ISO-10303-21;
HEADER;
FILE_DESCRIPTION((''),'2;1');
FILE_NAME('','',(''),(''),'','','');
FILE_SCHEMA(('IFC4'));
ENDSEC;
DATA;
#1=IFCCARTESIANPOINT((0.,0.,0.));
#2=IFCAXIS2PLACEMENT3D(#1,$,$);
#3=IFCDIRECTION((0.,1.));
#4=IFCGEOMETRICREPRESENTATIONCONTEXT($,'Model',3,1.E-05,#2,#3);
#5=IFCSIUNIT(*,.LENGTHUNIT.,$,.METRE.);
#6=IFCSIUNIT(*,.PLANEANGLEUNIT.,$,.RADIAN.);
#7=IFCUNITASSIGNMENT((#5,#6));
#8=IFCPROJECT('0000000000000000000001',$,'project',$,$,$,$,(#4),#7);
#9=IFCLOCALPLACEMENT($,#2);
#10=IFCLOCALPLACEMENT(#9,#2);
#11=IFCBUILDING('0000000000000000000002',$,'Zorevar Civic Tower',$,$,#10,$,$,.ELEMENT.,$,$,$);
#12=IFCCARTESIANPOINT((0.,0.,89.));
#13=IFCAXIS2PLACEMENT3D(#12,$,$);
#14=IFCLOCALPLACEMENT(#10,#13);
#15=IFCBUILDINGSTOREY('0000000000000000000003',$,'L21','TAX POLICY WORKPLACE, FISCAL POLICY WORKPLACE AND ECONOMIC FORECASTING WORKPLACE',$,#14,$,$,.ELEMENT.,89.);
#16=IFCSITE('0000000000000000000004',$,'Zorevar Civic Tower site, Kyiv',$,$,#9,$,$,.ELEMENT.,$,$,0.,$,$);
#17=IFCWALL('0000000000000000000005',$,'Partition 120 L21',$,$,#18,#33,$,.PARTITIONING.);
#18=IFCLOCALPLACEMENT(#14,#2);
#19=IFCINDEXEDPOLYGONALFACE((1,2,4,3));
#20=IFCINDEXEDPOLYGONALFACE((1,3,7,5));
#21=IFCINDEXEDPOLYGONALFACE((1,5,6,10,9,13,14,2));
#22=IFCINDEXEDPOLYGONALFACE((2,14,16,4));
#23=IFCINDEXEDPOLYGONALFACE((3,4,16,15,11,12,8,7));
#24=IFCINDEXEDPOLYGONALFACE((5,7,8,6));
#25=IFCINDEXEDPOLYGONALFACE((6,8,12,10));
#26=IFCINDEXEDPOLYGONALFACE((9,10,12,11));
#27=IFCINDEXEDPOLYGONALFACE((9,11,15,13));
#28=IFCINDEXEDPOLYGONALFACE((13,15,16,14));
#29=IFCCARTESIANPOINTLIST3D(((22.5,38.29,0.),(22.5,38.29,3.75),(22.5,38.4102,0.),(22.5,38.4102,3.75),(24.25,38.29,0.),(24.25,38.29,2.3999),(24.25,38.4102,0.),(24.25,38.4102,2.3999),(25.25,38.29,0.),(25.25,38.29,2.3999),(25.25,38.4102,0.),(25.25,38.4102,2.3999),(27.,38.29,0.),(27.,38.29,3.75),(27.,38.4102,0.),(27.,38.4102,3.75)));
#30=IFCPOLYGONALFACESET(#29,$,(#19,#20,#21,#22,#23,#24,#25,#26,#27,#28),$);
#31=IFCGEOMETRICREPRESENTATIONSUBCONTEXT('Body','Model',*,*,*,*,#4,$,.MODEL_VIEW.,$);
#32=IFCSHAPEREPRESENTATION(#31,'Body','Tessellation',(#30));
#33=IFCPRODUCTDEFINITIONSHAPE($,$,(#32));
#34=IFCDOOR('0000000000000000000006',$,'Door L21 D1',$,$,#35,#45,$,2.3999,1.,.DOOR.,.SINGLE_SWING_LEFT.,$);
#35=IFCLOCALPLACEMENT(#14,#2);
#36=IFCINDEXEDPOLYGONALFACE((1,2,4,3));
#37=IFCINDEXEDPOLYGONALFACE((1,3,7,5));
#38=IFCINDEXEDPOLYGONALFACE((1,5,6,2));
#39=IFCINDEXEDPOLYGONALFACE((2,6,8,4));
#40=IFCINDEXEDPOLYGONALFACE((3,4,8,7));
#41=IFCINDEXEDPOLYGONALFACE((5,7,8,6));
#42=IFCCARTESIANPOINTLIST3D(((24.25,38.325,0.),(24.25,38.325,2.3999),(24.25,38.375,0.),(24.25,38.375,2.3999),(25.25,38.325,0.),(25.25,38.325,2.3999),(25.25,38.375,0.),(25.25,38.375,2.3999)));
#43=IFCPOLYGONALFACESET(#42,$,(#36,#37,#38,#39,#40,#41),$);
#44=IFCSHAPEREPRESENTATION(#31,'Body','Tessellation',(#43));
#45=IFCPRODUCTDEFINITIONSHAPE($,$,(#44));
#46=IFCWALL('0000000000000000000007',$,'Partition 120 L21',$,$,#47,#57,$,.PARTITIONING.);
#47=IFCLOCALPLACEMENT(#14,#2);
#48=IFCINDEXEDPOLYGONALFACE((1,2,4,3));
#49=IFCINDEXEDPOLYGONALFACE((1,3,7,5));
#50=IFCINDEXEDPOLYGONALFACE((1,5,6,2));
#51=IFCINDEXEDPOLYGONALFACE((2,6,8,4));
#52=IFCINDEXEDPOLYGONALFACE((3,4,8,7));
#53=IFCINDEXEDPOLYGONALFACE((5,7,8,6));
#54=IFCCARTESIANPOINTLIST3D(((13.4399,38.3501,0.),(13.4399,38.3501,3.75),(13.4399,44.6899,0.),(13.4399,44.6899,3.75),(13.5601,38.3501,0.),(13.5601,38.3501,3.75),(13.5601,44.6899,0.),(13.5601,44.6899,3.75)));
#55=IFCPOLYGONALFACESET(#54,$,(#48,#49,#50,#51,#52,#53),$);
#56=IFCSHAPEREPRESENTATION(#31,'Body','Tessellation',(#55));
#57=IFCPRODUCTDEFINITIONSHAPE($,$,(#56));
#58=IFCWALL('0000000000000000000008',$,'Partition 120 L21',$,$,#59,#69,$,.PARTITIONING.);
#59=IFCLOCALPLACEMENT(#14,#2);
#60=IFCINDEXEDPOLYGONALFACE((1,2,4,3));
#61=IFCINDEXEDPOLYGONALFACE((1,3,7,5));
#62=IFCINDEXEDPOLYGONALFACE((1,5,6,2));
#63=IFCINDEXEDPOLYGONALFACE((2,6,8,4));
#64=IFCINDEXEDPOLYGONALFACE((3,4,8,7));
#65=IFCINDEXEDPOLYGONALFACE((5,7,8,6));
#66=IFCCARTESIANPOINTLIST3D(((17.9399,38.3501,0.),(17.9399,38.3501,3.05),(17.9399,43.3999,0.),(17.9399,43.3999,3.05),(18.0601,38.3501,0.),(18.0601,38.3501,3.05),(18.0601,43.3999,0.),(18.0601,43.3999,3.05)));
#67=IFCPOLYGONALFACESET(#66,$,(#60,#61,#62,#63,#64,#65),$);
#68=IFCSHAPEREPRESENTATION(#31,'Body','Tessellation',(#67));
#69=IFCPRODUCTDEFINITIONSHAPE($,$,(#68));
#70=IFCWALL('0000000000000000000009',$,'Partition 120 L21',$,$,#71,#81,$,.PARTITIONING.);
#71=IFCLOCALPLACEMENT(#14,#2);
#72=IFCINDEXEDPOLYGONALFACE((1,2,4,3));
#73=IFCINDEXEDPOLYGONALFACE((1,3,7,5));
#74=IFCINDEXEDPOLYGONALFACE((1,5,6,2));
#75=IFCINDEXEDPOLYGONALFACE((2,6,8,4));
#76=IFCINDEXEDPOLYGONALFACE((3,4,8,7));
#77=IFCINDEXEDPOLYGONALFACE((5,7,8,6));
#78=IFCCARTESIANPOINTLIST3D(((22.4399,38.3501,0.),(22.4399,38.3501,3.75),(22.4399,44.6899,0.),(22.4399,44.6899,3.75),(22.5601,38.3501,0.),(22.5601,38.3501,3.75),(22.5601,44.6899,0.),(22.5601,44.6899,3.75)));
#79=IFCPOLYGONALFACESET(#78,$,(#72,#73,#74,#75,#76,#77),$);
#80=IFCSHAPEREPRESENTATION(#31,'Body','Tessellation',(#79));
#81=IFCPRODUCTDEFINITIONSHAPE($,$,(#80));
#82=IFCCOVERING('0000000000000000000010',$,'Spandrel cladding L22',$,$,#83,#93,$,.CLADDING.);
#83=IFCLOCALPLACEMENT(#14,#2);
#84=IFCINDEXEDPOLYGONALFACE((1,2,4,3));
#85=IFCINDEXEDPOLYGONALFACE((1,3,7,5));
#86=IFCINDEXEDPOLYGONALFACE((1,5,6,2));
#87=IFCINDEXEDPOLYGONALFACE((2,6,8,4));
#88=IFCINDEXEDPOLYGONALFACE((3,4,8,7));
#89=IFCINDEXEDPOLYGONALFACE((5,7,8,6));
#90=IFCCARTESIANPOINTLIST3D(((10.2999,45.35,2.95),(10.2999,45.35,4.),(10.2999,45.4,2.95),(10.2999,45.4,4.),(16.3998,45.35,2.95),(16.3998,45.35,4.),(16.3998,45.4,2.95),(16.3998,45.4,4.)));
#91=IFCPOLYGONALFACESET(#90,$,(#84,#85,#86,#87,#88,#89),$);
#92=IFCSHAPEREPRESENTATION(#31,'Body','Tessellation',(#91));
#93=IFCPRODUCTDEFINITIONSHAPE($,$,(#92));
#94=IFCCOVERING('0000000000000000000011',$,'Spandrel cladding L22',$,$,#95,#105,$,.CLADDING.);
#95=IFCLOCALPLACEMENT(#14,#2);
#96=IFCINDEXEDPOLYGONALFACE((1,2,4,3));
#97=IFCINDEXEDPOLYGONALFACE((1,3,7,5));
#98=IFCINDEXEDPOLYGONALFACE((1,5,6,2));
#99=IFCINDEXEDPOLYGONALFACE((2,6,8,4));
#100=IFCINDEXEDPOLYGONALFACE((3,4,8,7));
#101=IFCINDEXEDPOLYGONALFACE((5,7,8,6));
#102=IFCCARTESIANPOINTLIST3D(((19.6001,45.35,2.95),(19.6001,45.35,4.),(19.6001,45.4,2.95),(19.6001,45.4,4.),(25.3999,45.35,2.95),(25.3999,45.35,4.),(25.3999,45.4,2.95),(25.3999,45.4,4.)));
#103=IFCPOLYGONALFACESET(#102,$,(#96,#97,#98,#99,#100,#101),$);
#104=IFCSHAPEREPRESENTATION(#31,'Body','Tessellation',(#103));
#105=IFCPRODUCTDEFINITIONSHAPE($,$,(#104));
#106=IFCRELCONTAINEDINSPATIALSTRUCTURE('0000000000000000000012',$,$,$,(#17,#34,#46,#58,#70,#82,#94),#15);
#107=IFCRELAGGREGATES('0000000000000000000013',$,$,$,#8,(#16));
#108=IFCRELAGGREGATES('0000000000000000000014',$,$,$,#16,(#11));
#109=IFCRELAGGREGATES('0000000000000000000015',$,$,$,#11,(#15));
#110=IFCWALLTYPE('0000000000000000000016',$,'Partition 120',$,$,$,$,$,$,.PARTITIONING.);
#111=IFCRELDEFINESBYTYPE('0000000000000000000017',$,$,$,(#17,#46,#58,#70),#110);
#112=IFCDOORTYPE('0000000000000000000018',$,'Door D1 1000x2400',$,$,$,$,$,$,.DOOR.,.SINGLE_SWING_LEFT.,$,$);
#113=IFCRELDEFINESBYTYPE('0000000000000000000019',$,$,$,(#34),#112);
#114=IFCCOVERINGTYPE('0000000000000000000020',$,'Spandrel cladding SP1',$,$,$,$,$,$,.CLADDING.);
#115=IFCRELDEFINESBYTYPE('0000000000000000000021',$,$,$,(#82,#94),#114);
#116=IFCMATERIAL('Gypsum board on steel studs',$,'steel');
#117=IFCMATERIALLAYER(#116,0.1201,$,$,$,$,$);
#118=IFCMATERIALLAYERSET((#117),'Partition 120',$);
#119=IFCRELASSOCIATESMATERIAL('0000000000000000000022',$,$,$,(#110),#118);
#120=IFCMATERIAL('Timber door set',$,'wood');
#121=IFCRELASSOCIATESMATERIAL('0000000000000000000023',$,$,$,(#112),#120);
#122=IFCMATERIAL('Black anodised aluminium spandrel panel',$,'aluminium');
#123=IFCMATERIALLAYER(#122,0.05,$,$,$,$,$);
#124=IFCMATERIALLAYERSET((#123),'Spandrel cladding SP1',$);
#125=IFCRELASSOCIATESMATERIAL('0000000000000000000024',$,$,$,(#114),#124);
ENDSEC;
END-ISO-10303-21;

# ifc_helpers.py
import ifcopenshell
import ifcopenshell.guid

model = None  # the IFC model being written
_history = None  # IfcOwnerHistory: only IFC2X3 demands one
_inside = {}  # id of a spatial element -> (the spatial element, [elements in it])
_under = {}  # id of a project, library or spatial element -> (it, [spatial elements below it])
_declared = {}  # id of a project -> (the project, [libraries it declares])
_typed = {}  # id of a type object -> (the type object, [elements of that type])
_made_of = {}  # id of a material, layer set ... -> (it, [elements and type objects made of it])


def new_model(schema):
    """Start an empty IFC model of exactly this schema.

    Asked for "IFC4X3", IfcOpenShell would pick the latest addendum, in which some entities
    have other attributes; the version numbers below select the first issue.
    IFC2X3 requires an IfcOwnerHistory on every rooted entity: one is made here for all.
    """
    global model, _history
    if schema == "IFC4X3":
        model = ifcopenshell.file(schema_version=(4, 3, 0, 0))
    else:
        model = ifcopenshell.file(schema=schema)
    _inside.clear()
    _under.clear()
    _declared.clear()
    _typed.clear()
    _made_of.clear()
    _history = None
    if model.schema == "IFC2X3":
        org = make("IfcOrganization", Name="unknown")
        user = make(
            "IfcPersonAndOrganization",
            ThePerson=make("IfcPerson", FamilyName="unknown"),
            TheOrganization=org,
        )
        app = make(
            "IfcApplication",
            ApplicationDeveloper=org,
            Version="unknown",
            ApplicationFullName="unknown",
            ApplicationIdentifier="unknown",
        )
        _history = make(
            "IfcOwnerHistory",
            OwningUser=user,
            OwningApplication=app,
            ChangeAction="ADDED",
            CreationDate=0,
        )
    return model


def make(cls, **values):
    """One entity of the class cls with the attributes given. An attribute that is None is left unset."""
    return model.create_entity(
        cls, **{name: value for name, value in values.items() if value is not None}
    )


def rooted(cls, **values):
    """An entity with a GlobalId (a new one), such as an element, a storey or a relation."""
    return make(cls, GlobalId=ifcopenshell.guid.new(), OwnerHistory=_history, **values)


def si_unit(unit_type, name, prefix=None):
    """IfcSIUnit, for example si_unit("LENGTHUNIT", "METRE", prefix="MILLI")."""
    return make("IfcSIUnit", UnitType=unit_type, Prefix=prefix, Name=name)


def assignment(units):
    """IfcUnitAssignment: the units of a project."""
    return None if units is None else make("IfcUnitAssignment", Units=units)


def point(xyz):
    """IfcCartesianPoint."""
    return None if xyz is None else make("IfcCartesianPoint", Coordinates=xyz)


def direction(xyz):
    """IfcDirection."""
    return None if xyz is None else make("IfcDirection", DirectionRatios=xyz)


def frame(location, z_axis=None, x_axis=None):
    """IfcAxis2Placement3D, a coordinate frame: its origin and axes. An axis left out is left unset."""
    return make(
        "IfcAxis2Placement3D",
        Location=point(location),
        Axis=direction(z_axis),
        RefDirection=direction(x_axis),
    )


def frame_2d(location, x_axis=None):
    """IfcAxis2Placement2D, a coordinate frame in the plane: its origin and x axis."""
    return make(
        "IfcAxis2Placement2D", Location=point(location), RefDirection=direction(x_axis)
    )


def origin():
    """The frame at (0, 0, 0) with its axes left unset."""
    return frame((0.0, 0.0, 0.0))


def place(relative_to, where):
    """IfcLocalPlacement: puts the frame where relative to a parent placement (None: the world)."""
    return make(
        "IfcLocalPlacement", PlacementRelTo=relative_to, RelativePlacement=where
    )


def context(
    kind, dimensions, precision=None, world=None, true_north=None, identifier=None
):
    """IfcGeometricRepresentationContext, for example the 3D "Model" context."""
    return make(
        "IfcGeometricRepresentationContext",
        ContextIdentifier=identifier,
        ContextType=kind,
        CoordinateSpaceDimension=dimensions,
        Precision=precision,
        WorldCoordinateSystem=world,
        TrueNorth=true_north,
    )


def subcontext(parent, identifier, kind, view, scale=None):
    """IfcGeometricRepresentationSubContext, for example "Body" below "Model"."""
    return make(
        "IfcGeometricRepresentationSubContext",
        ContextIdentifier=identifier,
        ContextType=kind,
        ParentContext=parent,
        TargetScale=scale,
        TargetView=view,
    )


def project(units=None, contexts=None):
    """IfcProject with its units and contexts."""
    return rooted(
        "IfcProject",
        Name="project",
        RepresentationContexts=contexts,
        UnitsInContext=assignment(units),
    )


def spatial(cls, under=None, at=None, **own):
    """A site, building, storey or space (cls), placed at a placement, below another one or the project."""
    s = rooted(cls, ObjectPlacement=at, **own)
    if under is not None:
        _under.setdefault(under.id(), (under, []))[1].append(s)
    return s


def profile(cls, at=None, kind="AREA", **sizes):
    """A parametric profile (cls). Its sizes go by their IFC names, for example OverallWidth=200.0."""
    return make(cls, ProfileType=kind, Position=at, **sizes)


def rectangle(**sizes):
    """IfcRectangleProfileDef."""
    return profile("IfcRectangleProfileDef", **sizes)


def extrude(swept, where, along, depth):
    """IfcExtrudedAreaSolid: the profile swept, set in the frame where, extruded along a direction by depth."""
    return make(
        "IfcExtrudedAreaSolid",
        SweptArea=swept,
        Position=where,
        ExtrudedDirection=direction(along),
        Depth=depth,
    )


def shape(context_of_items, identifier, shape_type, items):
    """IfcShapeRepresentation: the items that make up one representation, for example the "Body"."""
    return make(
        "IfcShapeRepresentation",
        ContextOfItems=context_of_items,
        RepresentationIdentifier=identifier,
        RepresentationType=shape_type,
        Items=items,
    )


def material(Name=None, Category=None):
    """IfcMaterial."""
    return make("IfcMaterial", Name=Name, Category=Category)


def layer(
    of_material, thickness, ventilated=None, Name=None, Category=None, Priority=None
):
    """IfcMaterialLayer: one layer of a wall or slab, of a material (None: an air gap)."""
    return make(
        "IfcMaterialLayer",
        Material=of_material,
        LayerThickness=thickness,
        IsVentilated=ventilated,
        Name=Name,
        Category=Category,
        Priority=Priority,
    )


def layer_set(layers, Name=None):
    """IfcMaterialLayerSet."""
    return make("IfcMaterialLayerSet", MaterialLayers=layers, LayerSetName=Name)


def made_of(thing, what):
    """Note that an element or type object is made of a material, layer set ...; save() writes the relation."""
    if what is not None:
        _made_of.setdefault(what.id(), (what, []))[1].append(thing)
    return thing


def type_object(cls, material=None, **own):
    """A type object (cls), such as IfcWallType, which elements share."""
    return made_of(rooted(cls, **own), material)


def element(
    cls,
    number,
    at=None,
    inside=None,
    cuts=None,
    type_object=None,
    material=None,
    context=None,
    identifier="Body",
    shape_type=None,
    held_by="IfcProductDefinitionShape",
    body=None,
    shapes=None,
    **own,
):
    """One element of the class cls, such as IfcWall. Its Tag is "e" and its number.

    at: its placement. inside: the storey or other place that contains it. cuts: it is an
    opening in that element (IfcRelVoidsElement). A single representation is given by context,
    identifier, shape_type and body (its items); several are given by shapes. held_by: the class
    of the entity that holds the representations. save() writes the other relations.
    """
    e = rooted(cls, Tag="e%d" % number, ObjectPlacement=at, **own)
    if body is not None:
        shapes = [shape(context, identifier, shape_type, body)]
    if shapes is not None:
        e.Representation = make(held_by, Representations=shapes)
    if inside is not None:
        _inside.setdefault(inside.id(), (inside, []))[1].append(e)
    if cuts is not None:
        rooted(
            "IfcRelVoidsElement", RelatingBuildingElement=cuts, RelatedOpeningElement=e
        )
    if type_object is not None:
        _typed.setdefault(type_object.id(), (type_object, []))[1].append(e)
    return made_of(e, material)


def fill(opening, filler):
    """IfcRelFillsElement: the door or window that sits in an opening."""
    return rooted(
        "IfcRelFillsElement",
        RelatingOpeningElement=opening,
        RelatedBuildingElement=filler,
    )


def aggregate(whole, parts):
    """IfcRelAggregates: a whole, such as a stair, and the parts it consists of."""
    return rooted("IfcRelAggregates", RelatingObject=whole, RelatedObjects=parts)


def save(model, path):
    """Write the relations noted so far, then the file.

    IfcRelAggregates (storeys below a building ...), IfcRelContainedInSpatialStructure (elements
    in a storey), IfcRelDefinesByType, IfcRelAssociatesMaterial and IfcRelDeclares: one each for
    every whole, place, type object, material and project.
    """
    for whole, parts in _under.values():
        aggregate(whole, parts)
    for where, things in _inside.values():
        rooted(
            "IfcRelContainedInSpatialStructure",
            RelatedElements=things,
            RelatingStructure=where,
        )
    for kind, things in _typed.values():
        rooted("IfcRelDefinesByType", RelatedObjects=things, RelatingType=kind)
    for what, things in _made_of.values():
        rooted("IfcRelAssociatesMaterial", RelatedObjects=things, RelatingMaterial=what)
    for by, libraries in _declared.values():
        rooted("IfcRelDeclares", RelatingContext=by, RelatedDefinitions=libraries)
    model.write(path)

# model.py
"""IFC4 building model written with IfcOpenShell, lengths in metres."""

from ifc_helpers import new_model, si_unit, direction, frame, frame_2d, origin, place, context, subcontext, project, spatial, rectangle, extrude, material, layer, layer_set, type_object, element, fill, save


model = new_model("IFC4")

# Units and contexts
model_context = context("Model", 3, precision=1e-05, world=origin(), true_north=direction((0.0, 1.0)))
body_context = subcontext(model_context, "Body", "Model", "MODEL_VIEW")
ifc_project = project(units=[si_unit("LENGTHUNIT", "METRE"), si_unit("PLANEANGLEUNIT", "RADIAN")], contexts=[model_context])

# Site, building, storey
site_placement = place(None, origin())
site = spatial("IfcSite", under=ifc_project, at=site_placement, Name="Zorevar Civic Tower site, Kyiv", CompositionType="ELEMENT", RefElevation=0.0)
building_placement = place(site_placement, origin())
building = spatial("IfcBuilding", under=site, at=building_placement, Name="Zorevar Civic Tower", CompositionType="ELEMENT")
storey_placement = place(building_placement, frame((0.0, 0.0, 89.0)))
storey = spatial("IfcBuildingStorey", under=building, at=storey_placement, Name="L21", Description="TAX POLICY WORKPLACE, FISCAL POLICY WORKPLACE AND ECONOMIC FORECASTING WORKPLACE", CompositionType="ELEMENT", Elevation=89.0)

# Wall, opening, door
ifc_material_1 = material(Name="Gypsum board on steel studs", Category="steel")
ifc_layer_1 = layer(ifc_material_1, 0.1201)
ifc_layer_set_1 = layer_set([ifc_layer_1], Name="Partition 120")
wall_type_1 = type_object("IfcWallType", Name="Partition 120", PredefinedType="PARTITIONING", material=ifc_layer_set_1)
ifc_material_2 = material(Name="Timber door set", Category="wood")
door_type_1 = type_object("IfcDoorType", Name="Door D1 1000x2400", OperationType="SINGLE_SWING_LEFT", PredefinedType="DOOR", material=ifc_material_2)
wall_1_placement = place(storey_placement, frame((22.5, 38.3501, 0.0), z_axis=(0.0, 0.0, 1.0), x_axis=(1.0, 0.0, 0.0)))
wall_1 = element("IfcWall", 1, at=wall_1_placement, inside=storey, type_object=wall_type_1, Name="Partition 120 L21", PredefinedType="PARTITIONING", context=body_context, shape_type="SweptSolid", body=[
    extrude(rectangle(XDim=4.5, YDim=0.1201, at=frame_2d((2.25, 0.0))), origin(), (0.0, 0.0, 1.0), 3.75),
])
opening_1_placement = place(wall_1_placement, frame((1.75, 0.0, 0.0)))
opening_1 = element("IfcOpeningElement", 2, at=opening_1_placement, cuts=wall_1, PredefinedType="OPENING", context=body_context, shape_type="SweptSolid", body=[
    extrude(rectangle(XDim=1.0, YDim=2.3999, at=frame_2d((0.5, 1.2))), frame((0.0, 0.0701, 0.0), z_axis=(0.0, -1.0, 0.0), x_axis=(1.0, 0.0, 0.0)), (0.0, 0.0, 1.0), 0.1401),
])
door_1_placement = place(opening_1_placement, origin())
door_1 = element("IfcDoor", 3, at=door_1_placement, inside=storey, type_object=door_type_1, Name="Door L21 D1", OperationType="SINGLE_SWING_LEFT", OverallHeight=2.3999, OverallWidth=1.0, PredefinedType="DOOR", context=body_context, shape_type="SweptSolid", body=[
    extrude(rectangle(XDim=1.0, YDim=2.3999, at=frame_2d((0.5, 1.2))), frame((0.0, 0.0249, 0.0), z_axis=(0.0, -1.0, 0.0), x_axis=(1.0, 0.0, 0.0)), (0.0, 0.0, 1.0), 0.05),
])
fill(opening_1, door_1)

# Walls
wall_2_placement = place(storey_placement, frame((13.5, 38.3501, 0.0), z_axis=(0.0, 0.0, 1.0), x_axis=(0.0, 1.0, 0.0)))
element("IfcWall", 4, at=wall_2_placement, inside=storey, type_object=wall_type_1, Name="Partition 120 L21", PredefinedType="PARTITIONING", context=body_context, shape_type="SweptSolid", body=[
    extrude(rectangle(XDim=6.3398, YDim=0.1201, at=frame_2d((3.1699, 0.0))), origin(), (0.0, 0.0, 1.0), 3.75),
])
wall_3_placement = place(storey_placement, frame((18.0, 38.3501, 0.0), z_axis=(0.0, 0.0, 1.0), x_axis=(0.0, 1.0, 0.0)))
element("IfcWall", 5, at=wall_3_placement, inside=storey, type_object=wall_type_1, Name="Partition 120 L21", PredefinedType="PARTITIONING", context=body_context, shape_type="SweptSolid", body=[
    extrude(rectangle(XDim=5.0498, YDim=0.1201, at=frame_2d((2.5249, 0.0))), origin(), (0.0, 0.0, 1.0), 3.05),
])
wall_4_placement = place(storey_placement, frame((22.5, 38.3501, 0.0), z_axis=(0.0, 0.0, 1.0), x_axis=(0.0, 1.0, 0.0)))
element("IfcWall", 6, at=wall_4_placement, inside=storey, type_object=wall_type_1, Name="Partition 120 L21", PredefinedType="PARTITIONING", context=body_context, shape_type="SweptSolid", body=[
    extrude(rectangle(XDim=6.3398, YDim=0.1201, at=frame_2d((3.1699, 0.0))), origin(), (0.0, 0.0, 1.0), 3.75),
])

# Coverings
ifc_material_3 = material(Name="Black anodised aluminium spandrel panel", Category="aluminium")
ifc_layer_2 = layer(ifc_material_3, 0.05)
ifc_layer_set_2 = layer_set([ifc_layer_2], Name="Spandrel cladding SP1")
covering_type = type_object("IfcCoveringType", Name="Spandrel cladding SP1", PredefinedType="CLADDING", material=ifc_layer_set_2)
covering_1_placement = place(storey_placement, frame((10.3, 45.375, 2.95), z_axis=(0.0, 0.0, 1.0), x_axis=(1.0, 0.0, 0.0)))
element("IfcCovering", 7, at=covering_1_placement, inside=storey, type_object=covering_type, Name="Spandrel cladding L22", PredefinedType="CLADDING", context=body_context, shape_type="SweptSolid", body=[
    extrude(rectangle(XDim=6.0999, YDim=0.05, at=frame_2d((3.0498, 0.0))), origin(), (0.0, 0.0, 1.0), 1.05),
])
covering_2_placement = place(storey_placement, frame((19.6001, 45.375, 2.95), z_axis=(0.0, 0.0, 1.0), x_axis=(1.0, 0.0, 0.0)))
element("IfcCovering", 8, at=covering_2_placement, inside=storey, type_object=covering_type, Name="Spandrel cladding L22", PredefinedType="CLADDING", context=body_context, shape_type="SweptSolid", body=[
    extrude(rectangle(XDim=5.7998, YDim=0.05, at=frame_2d((2.8999, 0.0))), origin(), (0.0, 0.0, 1.0), 1.05),
])

save(model, "model.ifc")
